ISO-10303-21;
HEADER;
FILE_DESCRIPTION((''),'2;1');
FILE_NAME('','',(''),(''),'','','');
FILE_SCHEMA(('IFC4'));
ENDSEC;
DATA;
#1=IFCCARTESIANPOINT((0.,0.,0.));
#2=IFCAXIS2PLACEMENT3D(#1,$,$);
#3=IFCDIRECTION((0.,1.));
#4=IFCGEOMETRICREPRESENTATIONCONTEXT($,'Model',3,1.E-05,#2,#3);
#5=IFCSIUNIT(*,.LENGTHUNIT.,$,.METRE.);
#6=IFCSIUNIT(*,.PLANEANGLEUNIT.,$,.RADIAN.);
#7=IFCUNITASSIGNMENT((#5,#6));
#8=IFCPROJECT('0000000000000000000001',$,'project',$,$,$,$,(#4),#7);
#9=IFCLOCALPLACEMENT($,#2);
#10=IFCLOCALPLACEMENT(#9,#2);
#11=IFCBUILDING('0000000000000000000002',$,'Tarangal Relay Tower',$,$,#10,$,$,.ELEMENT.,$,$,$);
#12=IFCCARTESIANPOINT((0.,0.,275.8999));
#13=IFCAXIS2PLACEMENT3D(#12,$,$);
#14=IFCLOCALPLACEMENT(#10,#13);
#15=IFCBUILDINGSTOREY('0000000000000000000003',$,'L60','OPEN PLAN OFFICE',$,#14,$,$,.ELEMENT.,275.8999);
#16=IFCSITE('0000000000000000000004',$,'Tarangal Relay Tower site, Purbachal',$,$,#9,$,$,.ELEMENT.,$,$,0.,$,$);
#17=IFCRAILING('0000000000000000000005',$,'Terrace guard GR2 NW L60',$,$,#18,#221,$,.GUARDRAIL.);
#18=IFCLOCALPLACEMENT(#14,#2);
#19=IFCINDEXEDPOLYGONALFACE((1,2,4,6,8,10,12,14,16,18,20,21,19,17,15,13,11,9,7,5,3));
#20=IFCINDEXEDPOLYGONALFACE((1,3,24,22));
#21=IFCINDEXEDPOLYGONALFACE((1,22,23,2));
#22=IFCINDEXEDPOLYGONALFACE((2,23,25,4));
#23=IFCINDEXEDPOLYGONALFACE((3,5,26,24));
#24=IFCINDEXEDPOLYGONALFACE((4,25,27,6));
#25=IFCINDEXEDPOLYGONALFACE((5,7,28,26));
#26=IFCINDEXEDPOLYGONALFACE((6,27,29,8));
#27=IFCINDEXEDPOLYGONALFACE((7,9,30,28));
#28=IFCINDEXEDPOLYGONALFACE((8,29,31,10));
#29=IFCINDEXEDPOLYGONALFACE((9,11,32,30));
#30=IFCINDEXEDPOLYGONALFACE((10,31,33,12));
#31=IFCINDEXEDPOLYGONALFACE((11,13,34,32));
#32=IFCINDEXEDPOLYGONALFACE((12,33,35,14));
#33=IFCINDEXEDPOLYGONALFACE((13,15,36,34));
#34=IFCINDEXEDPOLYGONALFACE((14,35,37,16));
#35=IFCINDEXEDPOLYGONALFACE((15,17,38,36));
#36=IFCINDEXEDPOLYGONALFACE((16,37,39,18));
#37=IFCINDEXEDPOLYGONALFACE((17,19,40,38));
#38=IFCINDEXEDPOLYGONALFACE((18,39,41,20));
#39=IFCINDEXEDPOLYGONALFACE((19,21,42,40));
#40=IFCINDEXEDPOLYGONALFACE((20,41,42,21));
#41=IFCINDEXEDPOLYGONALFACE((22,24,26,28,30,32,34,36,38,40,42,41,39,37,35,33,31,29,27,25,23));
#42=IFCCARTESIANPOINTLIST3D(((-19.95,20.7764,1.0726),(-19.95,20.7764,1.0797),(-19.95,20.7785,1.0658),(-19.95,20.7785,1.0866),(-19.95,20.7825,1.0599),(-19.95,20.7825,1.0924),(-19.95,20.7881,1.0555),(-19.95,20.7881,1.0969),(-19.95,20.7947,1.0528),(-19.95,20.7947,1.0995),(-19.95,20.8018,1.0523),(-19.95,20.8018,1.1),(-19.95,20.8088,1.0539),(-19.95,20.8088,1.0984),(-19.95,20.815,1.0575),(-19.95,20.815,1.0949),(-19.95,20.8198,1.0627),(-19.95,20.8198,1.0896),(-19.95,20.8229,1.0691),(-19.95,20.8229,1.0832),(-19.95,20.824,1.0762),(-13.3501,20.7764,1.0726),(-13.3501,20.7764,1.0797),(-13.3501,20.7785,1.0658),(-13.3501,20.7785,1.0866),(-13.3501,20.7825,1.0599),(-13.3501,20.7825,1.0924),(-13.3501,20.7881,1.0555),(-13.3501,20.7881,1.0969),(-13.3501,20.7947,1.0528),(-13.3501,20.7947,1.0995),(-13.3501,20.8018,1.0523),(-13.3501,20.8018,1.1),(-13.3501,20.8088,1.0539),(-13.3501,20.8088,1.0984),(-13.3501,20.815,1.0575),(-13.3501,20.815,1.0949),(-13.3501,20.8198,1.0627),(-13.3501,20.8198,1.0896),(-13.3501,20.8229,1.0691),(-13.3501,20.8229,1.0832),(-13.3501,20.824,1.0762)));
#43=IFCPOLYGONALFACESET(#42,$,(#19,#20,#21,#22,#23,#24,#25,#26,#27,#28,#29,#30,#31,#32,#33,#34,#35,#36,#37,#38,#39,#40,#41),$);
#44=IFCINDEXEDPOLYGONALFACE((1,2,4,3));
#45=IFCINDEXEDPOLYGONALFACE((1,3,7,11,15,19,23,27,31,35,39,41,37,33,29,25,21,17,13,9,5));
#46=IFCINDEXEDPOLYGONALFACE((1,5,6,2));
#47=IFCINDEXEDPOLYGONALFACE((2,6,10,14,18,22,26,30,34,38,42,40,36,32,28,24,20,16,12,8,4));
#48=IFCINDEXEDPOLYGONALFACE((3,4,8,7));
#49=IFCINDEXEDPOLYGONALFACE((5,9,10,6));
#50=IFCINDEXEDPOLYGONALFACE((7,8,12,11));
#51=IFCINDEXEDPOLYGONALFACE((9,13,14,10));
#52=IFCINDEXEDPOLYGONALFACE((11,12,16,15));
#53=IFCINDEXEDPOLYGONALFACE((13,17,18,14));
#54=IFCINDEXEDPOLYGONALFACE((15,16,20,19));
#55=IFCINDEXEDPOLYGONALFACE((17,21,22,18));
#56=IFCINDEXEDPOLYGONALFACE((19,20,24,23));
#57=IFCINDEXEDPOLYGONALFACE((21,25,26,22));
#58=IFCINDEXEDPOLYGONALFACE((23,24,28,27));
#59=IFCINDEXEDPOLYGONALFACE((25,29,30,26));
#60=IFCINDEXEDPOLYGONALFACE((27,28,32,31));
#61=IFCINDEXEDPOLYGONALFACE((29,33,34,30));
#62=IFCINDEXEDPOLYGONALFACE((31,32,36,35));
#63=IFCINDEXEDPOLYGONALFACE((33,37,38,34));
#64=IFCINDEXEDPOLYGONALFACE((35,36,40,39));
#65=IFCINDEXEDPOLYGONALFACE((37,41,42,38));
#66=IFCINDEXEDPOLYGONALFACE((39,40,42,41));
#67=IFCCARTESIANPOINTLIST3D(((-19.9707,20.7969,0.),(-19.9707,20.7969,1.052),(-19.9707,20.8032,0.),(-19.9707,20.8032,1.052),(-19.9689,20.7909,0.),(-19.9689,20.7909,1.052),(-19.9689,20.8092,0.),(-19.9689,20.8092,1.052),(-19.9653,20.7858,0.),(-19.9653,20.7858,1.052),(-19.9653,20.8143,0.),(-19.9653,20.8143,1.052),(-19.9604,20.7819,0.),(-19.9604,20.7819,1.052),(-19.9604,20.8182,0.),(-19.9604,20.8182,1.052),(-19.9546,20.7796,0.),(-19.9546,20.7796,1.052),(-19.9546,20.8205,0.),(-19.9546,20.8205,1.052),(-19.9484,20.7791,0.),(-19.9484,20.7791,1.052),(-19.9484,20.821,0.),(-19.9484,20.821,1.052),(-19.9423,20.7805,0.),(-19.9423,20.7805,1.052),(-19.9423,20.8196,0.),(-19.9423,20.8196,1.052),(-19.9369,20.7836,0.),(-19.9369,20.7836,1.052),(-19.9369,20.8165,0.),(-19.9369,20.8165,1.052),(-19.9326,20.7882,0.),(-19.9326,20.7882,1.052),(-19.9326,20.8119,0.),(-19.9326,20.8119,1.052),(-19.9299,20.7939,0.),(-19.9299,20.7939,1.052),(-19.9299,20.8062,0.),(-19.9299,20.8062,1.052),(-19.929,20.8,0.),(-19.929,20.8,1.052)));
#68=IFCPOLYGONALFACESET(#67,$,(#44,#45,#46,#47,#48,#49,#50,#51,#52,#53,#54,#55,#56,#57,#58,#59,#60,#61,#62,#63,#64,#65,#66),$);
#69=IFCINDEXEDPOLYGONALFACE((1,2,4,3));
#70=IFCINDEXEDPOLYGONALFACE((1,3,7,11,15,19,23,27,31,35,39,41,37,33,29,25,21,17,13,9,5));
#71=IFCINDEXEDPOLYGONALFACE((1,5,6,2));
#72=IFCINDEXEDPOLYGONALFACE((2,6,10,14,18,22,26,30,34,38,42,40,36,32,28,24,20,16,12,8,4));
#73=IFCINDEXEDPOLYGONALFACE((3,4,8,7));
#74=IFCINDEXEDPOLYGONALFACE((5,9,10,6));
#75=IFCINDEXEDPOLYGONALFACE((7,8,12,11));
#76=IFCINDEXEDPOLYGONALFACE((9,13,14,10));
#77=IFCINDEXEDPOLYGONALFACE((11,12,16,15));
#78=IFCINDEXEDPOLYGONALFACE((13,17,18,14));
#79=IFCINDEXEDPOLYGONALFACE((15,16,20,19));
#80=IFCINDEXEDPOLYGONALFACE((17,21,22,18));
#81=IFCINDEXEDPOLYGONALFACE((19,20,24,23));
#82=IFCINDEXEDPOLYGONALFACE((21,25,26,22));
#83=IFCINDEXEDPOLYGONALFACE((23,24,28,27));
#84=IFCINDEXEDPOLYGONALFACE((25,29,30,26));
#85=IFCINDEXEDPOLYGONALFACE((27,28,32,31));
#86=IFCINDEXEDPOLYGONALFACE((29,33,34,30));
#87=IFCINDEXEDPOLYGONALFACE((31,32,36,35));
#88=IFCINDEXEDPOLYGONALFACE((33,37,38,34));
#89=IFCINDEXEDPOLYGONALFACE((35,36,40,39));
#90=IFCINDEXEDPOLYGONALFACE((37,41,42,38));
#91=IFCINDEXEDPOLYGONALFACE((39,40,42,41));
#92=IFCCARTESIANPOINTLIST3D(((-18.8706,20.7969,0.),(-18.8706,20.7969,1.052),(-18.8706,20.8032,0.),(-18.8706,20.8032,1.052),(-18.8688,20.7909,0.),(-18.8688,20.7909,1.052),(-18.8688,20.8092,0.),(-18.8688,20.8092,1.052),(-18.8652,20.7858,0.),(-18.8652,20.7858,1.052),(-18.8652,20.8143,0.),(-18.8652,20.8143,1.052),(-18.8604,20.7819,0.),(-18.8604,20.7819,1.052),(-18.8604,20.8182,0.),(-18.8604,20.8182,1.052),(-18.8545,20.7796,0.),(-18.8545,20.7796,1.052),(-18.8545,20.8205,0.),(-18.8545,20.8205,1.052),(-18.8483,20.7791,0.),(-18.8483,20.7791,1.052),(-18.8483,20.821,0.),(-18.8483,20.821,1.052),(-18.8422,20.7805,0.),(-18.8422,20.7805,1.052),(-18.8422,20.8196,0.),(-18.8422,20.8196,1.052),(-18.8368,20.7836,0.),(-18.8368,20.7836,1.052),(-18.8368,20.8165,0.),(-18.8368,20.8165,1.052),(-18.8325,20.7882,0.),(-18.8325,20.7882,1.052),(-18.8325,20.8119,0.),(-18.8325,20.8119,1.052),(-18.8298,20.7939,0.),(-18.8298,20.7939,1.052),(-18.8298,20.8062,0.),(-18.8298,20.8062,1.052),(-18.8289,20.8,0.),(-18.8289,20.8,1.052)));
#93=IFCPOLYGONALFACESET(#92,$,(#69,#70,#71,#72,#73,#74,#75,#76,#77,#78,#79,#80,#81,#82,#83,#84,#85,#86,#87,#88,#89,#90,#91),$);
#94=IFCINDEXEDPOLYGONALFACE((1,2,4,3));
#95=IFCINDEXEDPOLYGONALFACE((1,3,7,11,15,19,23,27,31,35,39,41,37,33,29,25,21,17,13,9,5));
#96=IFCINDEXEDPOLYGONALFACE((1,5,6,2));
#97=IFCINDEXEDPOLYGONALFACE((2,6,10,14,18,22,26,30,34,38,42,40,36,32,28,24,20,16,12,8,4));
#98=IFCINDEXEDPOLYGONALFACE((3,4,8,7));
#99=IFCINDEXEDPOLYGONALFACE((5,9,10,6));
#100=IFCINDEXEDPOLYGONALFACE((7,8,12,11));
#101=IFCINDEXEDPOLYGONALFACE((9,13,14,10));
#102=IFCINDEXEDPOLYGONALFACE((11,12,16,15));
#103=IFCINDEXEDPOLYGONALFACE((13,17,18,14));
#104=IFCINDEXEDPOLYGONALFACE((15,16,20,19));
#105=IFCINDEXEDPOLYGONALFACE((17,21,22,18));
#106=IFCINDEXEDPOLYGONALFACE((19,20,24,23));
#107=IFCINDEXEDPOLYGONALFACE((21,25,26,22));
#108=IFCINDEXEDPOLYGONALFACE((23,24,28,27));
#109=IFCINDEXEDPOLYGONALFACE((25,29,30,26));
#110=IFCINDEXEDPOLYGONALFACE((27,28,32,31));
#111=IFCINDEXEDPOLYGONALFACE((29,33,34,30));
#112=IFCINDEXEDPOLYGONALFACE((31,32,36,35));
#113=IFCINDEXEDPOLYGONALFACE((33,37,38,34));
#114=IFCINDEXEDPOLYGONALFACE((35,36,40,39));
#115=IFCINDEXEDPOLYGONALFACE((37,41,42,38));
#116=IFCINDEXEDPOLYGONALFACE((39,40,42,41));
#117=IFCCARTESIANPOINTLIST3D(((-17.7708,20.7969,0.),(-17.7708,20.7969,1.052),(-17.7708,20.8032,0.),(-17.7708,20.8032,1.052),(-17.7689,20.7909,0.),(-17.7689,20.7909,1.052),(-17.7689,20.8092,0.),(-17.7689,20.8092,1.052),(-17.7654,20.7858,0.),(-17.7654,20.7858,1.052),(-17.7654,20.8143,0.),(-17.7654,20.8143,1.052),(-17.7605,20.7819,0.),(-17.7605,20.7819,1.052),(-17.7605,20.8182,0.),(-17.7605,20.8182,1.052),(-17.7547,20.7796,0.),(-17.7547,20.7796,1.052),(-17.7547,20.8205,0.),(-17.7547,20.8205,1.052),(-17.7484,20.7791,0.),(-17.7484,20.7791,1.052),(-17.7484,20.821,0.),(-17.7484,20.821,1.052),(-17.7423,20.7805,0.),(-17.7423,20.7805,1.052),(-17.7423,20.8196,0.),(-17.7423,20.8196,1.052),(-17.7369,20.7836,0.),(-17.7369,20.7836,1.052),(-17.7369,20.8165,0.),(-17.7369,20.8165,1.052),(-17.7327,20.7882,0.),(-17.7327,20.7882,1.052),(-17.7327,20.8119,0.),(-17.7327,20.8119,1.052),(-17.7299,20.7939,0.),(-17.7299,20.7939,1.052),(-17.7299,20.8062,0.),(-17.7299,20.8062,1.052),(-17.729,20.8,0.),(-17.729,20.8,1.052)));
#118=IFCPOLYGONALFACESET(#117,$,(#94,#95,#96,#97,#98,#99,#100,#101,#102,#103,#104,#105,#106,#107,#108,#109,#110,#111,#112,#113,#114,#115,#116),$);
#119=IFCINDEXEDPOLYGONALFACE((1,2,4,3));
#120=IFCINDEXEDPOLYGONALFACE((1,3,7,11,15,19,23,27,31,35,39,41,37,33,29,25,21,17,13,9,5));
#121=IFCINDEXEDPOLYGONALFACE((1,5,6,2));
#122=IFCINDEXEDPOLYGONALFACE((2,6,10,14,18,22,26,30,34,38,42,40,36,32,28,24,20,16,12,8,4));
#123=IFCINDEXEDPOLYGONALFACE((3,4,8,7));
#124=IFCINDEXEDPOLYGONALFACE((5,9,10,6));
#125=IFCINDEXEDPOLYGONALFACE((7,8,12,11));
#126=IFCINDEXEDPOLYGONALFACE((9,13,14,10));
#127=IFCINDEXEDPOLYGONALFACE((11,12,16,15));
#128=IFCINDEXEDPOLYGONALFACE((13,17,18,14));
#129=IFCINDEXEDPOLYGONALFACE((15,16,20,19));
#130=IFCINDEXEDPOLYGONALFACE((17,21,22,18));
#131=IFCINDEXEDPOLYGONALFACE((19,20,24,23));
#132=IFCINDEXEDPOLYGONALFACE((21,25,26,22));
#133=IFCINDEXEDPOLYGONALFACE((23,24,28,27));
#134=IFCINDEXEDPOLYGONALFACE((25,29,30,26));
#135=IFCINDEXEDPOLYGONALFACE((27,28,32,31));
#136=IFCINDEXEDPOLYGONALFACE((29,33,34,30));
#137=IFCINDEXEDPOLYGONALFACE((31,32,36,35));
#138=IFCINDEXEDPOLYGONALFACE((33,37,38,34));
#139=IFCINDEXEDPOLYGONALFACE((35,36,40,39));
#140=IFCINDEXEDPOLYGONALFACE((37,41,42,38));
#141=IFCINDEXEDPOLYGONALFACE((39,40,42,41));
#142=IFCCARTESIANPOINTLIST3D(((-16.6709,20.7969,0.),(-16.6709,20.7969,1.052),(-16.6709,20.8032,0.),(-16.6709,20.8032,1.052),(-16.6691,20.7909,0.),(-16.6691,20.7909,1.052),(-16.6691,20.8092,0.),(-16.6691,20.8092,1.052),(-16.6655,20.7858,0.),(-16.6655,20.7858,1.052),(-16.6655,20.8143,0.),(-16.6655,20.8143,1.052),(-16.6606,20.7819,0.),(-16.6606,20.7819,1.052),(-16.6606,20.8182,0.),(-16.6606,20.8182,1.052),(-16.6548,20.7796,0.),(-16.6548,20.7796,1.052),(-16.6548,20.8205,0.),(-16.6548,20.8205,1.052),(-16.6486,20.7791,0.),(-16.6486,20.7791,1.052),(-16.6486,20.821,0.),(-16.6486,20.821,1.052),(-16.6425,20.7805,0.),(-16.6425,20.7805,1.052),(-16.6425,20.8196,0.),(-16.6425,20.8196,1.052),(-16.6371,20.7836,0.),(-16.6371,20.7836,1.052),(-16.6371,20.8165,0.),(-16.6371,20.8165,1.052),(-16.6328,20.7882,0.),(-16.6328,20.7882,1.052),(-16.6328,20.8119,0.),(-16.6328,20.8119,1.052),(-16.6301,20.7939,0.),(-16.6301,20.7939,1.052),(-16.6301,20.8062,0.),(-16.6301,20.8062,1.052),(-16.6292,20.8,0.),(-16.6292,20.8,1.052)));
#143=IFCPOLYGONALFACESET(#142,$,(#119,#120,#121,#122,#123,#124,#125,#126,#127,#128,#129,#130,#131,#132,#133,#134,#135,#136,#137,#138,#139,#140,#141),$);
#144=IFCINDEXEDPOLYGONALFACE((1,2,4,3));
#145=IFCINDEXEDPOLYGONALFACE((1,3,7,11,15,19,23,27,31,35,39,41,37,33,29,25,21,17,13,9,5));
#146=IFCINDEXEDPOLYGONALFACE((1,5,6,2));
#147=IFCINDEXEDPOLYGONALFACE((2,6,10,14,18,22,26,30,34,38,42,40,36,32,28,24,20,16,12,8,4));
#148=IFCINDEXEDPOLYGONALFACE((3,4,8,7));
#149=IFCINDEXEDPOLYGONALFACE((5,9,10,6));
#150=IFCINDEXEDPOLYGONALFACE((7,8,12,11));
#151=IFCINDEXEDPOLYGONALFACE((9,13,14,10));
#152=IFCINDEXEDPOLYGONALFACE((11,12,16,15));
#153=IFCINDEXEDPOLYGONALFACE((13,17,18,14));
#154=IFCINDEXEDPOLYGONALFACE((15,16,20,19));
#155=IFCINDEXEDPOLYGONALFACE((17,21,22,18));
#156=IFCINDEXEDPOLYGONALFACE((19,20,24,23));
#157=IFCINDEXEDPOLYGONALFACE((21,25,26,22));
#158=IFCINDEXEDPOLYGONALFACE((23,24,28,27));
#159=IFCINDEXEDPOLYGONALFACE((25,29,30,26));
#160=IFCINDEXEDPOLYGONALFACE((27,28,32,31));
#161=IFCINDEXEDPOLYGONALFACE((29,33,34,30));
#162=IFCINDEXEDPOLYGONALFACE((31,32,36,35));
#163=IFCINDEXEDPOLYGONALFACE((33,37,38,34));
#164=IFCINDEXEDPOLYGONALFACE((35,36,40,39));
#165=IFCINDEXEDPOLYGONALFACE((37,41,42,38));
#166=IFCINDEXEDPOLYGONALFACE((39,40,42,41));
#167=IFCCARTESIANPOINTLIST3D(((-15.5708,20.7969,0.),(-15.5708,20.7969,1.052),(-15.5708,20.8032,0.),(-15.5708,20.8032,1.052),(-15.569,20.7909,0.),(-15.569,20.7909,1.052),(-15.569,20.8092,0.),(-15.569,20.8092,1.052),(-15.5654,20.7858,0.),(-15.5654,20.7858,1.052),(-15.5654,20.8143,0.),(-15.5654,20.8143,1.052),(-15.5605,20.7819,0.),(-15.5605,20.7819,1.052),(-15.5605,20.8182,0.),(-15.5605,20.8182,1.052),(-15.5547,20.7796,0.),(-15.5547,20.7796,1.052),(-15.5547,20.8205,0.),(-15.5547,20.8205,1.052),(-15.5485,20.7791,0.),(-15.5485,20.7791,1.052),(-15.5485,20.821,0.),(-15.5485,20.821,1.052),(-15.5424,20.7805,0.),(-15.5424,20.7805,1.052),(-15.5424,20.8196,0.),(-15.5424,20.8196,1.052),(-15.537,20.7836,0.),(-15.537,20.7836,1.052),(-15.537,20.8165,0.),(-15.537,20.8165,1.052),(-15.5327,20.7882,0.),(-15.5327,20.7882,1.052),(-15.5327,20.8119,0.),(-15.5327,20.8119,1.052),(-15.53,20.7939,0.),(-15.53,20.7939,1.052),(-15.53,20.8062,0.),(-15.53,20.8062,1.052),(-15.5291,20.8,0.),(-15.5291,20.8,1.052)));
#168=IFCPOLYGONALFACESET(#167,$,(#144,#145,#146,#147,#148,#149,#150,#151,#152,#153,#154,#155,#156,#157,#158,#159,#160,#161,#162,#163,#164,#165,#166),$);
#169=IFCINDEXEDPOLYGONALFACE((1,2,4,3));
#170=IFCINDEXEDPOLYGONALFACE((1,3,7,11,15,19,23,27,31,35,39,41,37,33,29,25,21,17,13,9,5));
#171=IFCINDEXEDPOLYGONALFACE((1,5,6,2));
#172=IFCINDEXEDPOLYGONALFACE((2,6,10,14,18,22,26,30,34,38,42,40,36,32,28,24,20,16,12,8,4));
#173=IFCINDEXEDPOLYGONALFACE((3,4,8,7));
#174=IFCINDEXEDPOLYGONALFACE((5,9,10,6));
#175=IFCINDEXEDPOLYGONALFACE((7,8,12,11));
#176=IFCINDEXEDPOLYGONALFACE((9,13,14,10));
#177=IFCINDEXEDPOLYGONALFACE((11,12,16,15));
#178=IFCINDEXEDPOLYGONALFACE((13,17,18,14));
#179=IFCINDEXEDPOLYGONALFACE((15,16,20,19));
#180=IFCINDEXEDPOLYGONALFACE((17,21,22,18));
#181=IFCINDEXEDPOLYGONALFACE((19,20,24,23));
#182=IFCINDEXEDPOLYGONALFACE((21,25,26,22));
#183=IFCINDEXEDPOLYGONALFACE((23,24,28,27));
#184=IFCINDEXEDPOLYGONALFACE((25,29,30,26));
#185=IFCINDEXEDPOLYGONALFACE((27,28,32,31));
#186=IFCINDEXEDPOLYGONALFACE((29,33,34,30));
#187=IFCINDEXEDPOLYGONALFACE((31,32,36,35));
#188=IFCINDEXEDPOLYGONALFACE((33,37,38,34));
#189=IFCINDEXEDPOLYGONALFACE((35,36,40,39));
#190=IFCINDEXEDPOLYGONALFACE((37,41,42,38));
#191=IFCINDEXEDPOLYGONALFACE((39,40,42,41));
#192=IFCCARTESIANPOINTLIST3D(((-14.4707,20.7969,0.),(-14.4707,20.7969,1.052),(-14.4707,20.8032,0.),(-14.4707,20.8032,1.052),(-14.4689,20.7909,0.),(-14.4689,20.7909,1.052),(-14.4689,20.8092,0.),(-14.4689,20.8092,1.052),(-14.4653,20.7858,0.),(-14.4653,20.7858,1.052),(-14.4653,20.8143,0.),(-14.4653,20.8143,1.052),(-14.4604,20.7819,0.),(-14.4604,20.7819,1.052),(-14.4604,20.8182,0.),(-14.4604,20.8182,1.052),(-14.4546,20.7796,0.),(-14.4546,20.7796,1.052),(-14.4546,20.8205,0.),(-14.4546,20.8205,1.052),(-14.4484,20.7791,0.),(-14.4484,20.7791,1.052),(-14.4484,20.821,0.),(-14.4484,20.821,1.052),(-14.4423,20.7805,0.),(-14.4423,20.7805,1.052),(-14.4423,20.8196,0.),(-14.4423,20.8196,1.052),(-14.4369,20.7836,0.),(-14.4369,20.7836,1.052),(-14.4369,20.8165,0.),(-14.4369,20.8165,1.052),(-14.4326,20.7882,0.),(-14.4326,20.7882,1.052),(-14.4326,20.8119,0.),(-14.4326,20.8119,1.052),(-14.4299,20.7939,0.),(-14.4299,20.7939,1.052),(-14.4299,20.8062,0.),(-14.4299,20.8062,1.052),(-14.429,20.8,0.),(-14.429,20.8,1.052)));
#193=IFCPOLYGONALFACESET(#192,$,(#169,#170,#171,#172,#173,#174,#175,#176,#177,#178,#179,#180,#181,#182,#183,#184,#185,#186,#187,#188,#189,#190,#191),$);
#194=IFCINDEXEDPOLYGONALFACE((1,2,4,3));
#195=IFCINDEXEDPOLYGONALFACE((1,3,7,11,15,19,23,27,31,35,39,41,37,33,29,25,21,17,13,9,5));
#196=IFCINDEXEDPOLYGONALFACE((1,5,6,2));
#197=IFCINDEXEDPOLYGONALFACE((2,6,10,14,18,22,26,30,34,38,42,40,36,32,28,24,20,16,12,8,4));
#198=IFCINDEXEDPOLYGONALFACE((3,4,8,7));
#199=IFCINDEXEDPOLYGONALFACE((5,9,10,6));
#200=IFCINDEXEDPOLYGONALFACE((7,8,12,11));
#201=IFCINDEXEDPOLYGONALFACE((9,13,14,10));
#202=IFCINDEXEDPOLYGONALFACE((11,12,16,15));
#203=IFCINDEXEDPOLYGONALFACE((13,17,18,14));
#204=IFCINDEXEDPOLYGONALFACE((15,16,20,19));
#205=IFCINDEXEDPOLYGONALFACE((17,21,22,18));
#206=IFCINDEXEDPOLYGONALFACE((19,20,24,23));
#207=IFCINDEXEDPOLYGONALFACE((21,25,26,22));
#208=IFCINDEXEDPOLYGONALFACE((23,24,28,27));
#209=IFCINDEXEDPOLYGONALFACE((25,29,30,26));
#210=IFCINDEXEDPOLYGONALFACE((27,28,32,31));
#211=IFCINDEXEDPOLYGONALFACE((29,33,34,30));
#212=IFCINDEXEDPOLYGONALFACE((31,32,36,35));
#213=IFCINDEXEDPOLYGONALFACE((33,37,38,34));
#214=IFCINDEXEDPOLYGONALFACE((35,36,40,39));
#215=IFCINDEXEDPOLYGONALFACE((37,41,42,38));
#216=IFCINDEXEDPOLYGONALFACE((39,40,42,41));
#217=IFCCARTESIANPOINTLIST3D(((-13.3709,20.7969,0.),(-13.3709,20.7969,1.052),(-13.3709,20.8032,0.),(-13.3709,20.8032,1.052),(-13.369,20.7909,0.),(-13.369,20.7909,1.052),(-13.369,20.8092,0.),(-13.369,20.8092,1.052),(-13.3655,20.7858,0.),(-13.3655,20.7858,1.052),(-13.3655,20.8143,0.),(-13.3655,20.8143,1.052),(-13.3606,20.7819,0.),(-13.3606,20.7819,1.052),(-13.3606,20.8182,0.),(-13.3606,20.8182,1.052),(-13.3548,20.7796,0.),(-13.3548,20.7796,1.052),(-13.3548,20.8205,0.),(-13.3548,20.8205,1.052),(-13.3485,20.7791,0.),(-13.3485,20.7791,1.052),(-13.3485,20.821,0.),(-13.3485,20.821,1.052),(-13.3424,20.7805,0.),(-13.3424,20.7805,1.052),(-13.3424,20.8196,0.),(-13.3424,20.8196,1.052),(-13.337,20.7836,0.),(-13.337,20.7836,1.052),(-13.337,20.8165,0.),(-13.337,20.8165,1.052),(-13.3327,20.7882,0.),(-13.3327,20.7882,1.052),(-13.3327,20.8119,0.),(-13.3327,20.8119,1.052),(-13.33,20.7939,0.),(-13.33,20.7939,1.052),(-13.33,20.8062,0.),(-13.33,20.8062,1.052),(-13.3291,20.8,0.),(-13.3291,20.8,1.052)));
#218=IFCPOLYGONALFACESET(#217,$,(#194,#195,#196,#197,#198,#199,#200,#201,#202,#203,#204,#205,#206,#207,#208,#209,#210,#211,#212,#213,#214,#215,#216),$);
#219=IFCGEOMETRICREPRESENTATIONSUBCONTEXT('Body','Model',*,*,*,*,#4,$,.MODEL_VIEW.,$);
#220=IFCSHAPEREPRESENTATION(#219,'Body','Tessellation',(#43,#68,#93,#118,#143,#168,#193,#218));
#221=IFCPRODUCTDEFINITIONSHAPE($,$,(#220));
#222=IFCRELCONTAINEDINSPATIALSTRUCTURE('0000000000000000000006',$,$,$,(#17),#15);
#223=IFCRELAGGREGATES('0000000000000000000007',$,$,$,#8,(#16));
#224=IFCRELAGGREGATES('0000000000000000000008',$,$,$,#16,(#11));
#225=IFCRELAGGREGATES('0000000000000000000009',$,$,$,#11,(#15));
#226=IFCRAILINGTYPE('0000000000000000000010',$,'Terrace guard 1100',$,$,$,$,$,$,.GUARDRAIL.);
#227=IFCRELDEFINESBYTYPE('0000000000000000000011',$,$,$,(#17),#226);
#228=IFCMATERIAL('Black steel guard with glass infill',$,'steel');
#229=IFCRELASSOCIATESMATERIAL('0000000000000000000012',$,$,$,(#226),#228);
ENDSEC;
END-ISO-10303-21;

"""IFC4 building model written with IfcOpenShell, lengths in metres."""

from ifc_helpers import new_model, si_unit, direction, frame, origin, origin_2d, place, context, subcontext, project, spatial, circle, extrude, material, type_object, element, save


model = new_model("IFC4")

# Units and contexts
model_context = context("Model", 3, precision=1e-05, world=origin(), true_north=direction((0.0, 1.0)))
body_context = subcontext(model_context, "Body", "Model", "MODEL_VIEW")
ifc_project = project(units=[si_unit("LENGTHUNIT", "METRE"), si_unit("PLANEANGLEUNIT", "RADIAN")], contexts=[model_context])

# Site, building, storey
site_placement = place(None, origin())
site = spatial("IfcSite", under=ifc_project, at=site_placement, Name="Tarangal Relay Tower site, Purbachal", CompositionType="ELEMENT", RefElevation=0.0)
building_placement = place(site_placement, origin())
building = spatial("IfcBuilding", under=site, at=building_placement, Name="Tarangal Relay Tower", CompositionType="ELEMENT")
storey_placement = place(building_placement, frame((0.0, 0.0, 275.8999)))
storey = spatial("IfcBuildingStorey", under=building, at=storey_placement, Name="L60", Description="OPEN PLAN OFFICE", CompositionType="ELEMENT", Elevation=275.8999)

# Railing
ifc_material_1 = material(Name="Black steel guard with glass infill", Category="steel")
railing_type = type_object("IfcRailingType", Name="Terrace guard 1100", PredefinedType="GUARDRAIL", material=ifc_material_1)
railing_1_placement = place(storey_placement, frame((-19.95, 20.8, 0.0)))
element("IfcRailing", 1, at=railing_1_placement, inside=storey, type_object=railing_type, Name="Terrace guard GR2 NW L60", PredefinedType="GUARDRAIL", context=body_context, shape_type="SweptSolid", body=[
    extrude(circle(Radius=0.0239, at=origin_2d()), frame((0.0, 0.0, 1.0762), z_axis=(1.0, 0.0, 0.0), x_axis=(0.0, 1.0, 0.0)), (0.0, 0.0, 1.0), 6.5999),
    extrude(circle(Radius=0.021, at=origin_2d()), origin(), (0.0, 0.0, 1.0), 1.052),
    extrude(circle(Radius=0.021, at=origin_2d()), frame((1.1001, 0.0, 0.0)), (0.0, 0.0, 1.0), 1.052),
    extrude(circle(Radius=0.021, at=origin_2d()), frame((2.2, 0.0, 0.0)), (0.0, 0.0, 1.0), 1.052),
    extrude(circle(Radius=0.021, at=origin_2d()), frame((3.2998, 0.0, 0.0)), (0.0, 0.0, 1.0), 1.052),
    extrude(circle(Radius=0.021, at=origin_2d()), frame((4.3999, 0.0, 0.0)), (0.0, 0.0, 1.0), 1.052),
    extrude(circle(Radius=0.021, at=origin_2d()), frame((5.5, 0.0, 0.0)), (0.0, 0.0, 1.0), 1.052),
    extrude(circle(Radius=0.021, at=origin_2d()), frame((6.5999, 0.0, 0.0)), (0.0, 0.0, 1.0), 1.052),
])

save(model, "model.ifc")
